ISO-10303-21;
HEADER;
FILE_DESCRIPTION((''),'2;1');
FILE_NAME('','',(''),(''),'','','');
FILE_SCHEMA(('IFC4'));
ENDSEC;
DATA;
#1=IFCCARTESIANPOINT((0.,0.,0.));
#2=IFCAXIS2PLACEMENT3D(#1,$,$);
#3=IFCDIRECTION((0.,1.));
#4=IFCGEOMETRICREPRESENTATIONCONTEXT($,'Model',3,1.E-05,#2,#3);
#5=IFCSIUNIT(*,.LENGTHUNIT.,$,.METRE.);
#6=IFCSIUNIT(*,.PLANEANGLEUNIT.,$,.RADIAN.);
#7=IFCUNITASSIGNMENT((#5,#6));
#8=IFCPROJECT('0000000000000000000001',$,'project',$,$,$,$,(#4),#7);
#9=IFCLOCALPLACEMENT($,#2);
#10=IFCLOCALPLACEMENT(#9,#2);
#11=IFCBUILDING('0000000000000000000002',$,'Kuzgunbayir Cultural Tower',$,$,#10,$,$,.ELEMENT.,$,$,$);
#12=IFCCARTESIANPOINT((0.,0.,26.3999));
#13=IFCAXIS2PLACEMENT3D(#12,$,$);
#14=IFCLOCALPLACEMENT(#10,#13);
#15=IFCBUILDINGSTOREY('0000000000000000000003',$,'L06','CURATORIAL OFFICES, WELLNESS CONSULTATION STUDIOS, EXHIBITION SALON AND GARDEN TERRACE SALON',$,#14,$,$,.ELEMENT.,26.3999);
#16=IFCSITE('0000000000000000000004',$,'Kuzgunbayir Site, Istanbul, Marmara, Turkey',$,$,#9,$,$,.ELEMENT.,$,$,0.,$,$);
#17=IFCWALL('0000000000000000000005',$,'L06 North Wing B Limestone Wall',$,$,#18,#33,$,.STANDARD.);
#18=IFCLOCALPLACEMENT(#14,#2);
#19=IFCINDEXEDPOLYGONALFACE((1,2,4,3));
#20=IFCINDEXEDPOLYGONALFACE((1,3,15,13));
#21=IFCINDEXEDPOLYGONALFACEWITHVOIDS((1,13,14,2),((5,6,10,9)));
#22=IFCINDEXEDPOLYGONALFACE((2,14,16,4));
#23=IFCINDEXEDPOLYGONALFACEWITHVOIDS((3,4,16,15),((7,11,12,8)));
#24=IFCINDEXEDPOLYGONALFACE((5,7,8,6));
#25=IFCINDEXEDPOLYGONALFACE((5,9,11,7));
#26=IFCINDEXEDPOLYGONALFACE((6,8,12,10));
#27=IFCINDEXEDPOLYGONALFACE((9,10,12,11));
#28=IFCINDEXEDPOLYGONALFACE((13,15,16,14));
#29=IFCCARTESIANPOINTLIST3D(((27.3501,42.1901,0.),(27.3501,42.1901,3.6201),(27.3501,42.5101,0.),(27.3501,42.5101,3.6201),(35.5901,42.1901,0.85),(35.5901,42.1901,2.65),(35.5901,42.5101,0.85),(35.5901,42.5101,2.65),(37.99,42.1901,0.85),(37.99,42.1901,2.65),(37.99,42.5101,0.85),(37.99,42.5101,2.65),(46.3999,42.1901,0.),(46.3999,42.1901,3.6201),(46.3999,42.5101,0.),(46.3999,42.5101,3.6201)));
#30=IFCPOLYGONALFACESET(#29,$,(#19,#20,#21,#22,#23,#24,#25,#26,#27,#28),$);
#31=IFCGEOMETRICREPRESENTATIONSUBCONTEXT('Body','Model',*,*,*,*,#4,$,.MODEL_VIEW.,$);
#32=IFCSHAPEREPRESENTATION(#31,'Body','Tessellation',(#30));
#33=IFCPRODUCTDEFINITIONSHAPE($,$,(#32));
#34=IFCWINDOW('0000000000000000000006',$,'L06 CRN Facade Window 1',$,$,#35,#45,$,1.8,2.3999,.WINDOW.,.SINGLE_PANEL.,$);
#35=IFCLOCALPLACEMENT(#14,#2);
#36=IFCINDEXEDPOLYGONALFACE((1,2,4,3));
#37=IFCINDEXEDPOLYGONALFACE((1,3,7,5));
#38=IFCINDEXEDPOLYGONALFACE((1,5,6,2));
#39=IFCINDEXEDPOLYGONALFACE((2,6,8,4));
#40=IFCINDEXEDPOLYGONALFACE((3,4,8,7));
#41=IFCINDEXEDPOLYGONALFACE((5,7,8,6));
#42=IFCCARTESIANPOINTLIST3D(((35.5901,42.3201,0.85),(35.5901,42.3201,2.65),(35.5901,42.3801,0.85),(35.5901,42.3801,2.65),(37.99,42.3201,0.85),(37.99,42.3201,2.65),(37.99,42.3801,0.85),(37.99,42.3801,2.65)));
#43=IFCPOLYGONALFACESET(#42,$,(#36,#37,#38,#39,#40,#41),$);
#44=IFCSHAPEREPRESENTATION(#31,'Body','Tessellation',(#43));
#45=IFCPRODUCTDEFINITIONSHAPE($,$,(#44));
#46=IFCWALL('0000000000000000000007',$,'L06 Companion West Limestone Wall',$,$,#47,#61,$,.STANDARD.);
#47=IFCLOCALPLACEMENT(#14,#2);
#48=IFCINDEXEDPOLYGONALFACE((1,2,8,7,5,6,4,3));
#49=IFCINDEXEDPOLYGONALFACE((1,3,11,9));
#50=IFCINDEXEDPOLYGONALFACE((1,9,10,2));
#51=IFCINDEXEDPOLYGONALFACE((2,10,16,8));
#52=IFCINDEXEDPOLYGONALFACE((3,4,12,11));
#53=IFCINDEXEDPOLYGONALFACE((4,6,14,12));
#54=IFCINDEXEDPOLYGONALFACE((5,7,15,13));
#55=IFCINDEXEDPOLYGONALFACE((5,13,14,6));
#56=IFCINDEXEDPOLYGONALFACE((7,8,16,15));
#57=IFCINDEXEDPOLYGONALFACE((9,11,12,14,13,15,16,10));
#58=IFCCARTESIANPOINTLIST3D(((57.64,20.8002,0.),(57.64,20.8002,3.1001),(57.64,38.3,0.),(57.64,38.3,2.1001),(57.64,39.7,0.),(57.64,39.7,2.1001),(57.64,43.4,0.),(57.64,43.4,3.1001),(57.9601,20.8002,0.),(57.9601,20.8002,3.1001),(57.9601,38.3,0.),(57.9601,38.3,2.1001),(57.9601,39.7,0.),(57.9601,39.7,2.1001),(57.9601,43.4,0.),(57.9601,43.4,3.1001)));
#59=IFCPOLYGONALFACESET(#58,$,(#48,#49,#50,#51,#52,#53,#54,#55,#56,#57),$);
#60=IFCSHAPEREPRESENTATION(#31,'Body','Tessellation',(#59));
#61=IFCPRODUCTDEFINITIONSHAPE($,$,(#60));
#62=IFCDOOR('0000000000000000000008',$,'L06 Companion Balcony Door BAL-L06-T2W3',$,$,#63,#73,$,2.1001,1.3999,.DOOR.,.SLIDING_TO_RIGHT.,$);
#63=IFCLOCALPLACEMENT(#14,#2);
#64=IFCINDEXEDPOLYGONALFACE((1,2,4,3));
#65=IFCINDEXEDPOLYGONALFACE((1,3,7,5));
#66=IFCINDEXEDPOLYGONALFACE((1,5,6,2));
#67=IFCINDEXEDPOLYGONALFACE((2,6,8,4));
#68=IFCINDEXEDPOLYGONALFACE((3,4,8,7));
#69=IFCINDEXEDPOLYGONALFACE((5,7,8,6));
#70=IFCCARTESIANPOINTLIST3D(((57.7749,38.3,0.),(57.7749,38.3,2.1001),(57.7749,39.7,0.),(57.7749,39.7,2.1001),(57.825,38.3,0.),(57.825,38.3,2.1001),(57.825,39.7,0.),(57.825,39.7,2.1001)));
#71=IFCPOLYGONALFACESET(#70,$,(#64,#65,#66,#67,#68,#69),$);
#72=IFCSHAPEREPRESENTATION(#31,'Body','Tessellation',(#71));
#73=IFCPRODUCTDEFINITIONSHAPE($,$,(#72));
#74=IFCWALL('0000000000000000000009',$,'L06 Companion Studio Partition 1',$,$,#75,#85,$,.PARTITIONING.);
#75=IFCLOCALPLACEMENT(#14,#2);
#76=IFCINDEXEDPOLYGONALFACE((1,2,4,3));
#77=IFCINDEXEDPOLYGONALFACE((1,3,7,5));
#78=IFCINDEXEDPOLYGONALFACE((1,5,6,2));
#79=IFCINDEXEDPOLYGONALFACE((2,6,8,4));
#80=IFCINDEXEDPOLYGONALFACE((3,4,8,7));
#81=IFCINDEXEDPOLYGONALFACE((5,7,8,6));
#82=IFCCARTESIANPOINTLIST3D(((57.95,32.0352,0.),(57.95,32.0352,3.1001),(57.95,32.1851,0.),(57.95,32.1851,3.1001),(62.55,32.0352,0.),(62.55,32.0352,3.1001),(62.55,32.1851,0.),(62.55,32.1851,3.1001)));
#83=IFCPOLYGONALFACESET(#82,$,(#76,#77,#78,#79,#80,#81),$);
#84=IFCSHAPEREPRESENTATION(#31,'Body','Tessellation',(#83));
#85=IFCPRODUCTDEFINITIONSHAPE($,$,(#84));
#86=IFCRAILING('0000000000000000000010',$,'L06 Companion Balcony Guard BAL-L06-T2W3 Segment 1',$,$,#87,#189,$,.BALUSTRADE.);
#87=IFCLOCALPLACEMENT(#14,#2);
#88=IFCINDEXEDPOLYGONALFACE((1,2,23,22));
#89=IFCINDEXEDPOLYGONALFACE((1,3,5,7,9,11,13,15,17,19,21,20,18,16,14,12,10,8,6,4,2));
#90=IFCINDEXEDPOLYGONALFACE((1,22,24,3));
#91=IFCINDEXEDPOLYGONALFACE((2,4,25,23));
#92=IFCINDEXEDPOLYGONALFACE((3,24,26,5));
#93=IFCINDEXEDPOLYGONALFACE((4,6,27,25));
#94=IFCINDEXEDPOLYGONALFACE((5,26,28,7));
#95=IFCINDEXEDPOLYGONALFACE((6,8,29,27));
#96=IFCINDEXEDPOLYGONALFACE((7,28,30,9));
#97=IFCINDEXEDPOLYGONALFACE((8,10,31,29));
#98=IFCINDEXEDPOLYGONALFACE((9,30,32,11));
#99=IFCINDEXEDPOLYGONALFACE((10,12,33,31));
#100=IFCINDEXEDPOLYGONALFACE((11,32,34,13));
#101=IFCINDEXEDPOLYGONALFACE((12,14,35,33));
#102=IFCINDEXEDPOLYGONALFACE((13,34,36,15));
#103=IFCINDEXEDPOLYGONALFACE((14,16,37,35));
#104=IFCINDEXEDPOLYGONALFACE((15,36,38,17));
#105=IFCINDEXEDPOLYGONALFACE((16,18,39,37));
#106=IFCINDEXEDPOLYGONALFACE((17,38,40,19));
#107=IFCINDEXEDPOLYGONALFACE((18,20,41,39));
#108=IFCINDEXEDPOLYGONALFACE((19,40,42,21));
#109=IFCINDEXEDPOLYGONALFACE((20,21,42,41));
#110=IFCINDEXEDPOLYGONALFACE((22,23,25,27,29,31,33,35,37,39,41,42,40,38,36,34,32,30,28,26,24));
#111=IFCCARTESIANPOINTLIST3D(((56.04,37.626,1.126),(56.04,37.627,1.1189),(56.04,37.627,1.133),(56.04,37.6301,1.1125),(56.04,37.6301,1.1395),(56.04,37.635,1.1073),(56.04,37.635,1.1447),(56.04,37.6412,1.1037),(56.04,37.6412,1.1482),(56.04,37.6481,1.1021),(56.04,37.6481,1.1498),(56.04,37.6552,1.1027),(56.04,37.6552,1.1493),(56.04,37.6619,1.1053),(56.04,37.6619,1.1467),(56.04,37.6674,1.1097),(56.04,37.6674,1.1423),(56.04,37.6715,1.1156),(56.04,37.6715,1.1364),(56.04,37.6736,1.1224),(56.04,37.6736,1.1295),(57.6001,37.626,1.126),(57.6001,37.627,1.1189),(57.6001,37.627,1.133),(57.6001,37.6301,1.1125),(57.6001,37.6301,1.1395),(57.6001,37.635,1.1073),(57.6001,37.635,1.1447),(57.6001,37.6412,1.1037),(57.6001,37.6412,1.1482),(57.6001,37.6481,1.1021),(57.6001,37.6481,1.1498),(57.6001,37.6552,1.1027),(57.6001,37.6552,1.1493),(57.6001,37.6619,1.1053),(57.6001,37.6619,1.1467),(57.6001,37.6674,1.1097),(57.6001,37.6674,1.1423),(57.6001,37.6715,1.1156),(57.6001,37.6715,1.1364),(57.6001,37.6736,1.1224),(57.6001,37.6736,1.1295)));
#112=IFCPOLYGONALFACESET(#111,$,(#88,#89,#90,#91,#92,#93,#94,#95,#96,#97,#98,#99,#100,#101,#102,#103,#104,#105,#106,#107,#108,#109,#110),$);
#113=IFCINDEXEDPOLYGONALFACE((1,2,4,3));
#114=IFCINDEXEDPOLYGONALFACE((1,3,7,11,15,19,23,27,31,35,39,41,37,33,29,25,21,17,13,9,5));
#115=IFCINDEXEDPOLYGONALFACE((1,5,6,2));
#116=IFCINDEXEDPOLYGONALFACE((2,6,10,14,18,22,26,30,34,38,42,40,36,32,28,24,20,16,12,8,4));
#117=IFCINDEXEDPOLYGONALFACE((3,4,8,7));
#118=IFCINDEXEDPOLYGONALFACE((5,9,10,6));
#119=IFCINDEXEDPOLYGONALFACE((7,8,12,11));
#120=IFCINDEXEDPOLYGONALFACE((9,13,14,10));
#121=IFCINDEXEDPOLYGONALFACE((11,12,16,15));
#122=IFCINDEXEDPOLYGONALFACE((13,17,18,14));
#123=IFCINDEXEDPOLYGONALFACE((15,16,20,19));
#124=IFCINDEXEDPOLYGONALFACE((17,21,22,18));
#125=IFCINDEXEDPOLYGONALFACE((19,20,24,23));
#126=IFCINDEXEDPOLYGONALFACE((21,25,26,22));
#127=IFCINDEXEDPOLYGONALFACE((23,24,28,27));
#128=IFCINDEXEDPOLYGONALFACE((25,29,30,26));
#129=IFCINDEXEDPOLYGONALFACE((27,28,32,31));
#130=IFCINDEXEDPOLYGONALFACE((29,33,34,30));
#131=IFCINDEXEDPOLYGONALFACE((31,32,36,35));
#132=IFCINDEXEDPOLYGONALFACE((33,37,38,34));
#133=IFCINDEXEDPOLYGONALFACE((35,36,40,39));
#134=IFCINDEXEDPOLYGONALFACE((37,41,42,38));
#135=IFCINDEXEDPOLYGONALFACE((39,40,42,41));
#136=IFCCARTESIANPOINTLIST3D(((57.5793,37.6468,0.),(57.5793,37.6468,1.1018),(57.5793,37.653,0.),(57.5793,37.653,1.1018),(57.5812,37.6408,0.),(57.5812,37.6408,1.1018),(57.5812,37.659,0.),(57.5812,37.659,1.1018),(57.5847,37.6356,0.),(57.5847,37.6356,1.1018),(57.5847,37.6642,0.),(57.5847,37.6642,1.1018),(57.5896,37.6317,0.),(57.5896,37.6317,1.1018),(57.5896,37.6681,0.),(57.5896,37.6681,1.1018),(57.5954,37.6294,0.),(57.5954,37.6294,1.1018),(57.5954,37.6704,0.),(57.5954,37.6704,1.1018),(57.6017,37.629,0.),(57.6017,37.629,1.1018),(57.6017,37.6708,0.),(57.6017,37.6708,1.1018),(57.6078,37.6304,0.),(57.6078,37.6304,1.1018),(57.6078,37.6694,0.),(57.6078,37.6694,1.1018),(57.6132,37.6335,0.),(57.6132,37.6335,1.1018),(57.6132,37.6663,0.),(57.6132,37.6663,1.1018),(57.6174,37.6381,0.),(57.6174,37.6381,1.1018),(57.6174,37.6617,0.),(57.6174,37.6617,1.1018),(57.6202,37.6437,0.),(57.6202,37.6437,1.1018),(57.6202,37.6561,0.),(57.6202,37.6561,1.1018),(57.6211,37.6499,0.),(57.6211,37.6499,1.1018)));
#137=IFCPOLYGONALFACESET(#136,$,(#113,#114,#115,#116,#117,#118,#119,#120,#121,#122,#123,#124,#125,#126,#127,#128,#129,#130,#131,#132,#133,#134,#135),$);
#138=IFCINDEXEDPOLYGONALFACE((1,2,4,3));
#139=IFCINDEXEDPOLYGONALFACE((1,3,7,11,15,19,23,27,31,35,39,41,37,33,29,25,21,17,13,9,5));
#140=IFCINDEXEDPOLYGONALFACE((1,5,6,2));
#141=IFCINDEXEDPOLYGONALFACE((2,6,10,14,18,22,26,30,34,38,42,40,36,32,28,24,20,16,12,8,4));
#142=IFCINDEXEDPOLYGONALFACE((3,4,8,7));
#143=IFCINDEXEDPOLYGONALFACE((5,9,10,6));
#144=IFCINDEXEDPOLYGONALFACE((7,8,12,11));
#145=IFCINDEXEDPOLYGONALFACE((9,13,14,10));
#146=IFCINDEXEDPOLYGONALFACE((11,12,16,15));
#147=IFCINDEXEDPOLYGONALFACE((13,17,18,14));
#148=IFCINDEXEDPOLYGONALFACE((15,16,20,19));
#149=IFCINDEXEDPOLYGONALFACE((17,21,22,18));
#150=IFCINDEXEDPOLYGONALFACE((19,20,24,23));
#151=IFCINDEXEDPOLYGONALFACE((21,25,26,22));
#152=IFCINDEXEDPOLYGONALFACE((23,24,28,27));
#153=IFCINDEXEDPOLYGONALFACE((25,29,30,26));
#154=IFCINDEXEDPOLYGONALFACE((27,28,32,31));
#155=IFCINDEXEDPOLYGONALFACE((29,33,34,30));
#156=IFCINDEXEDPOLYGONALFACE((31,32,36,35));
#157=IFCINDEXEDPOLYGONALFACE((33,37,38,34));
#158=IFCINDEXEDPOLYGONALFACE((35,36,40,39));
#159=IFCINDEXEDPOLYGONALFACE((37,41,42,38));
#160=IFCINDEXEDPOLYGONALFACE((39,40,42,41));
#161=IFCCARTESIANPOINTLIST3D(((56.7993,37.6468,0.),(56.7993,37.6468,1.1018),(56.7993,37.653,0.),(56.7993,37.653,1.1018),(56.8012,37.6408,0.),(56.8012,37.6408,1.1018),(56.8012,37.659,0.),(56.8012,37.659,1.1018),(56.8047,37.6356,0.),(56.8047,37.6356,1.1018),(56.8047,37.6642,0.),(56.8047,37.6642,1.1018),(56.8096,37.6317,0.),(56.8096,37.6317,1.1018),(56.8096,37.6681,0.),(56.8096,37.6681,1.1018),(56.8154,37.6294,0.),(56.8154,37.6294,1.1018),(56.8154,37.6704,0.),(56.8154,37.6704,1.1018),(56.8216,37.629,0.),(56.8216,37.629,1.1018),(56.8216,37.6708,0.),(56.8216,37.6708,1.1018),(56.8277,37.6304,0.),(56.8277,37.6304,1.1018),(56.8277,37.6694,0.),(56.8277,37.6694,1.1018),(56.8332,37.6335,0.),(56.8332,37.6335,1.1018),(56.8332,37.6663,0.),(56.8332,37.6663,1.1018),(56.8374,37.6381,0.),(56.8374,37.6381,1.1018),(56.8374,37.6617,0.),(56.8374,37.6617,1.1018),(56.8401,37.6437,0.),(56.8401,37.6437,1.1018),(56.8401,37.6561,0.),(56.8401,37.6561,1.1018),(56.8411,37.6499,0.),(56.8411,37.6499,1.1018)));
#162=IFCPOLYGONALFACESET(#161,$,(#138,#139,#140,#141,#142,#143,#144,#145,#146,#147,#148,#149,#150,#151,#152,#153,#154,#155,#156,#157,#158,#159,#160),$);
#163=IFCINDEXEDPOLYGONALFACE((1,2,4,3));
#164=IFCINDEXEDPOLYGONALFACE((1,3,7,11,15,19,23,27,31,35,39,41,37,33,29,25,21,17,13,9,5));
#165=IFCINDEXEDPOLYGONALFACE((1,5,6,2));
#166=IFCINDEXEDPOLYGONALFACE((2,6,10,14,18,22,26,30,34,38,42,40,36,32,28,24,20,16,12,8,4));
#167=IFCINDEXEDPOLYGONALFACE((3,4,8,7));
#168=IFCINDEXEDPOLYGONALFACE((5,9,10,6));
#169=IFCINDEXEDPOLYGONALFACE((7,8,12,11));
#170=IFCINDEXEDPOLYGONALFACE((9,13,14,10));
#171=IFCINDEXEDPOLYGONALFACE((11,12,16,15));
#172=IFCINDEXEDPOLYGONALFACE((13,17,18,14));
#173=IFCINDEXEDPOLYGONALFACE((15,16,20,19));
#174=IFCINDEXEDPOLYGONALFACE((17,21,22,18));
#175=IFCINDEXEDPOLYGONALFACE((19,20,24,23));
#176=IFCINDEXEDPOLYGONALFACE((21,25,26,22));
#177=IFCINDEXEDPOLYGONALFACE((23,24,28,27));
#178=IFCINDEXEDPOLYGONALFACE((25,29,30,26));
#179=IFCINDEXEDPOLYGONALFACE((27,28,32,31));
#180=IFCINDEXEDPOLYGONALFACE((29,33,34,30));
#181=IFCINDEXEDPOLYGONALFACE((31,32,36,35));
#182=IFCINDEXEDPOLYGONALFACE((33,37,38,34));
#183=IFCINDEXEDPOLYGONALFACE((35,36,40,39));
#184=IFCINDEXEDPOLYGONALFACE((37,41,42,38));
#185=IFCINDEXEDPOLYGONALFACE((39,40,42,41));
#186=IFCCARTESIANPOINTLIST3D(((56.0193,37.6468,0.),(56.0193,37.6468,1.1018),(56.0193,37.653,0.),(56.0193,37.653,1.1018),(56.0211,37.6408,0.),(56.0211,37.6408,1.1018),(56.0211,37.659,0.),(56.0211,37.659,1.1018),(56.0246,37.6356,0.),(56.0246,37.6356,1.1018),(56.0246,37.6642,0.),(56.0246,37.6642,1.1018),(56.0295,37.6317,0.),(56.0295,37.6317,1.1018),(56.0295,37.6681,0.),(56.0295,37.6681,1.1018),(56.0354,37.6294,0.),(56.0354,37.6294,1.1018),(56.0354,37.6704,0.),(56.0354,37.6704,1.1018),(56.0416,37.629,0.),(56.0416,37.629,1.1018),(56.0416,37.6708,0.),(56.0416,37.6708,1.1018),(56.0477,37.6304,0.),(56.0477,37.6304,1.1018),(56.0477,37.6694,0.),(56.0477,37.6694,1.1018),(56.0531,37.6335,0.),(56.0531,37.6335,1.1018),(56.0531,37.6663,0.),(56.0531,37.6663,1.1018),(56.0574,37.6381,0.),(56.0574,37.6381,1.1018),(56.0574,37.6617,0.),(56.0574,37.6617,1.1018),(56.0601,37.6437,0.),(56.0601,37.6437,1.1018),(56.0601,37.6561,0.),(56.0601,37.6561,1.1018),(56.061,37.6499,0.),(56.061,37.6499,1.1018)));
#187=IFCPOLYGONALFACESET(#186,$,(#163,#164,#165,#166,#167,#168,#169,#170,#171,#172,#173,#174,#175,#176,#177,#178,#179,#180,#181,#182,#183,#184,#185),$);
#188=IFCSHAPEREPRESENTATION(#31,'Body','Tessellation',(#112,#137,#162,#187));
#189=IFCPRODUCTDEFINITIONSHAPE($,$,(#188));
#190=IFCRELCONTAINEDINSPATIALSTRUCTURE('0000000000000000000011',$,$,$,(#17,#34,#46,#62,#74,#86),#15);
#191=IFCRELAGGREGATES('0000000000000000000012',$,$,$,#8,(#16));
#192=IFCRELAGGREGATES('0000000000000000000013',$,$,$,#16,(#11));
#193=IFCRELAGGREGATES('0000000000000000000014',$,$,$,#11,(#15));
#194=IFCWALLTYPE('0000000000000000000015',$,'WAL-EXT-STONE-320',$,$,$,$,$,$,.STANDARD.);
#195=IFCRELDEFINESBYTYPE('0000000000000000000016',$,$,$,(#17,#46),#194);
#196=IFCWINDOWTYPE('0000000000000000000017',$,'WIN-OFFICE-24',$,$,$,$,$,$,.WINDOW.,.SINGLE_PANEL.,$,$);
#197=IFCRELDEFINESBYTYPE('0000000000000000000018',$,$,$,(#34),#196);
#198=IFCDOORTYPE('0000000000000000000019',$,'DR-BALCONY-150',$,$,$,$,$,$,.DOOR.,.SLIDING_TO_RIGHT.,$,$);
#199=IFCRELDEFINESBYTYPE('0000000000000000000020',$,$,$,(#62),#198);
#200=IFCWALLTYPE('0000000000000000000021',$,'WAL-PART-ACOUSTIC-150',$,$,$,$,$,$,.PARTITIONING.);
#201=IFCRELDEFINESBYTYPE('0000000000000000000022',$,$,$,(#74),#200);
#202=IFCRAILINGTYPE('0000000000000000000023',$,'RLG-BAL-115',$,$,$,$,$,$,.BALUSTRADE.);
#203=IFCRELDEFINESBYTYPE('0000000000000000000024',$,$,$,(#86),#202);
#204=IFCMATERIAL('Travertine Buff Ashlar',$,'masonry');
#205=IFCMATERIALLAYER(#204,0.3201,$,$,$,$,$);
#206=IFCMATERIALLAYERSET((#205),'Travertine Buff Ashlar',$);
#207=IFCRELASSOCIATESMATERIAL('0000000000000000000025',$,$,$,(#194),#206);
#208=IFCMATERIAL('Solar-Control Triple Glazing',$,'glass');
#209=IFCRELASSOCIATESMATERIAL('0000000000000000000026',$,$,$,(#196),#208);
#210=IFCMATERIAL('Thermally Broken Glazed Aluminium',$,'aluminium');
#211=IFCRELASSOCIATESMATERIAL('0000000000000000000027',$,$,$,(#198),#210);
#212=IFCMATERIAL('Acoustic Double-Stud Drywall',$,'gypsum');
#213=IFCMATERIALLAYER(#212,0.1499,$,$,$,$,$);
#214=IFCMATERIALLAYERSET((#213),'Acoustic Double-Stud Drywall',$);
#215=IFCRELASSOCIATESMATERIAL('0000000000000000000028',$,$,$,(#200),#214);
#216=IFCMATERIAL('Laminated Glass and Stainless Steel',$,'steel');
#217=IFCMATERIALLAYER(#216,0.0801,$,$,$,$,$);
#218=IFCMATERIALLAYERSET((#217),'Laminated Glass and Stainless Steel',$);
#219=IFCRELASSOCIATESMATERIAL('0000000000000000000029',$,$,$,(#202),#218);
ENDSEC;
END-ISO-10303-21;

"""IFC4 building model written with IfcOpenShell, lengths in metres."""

from ifc_helpers import new_model, si_unit, direction, frame, frame_2d, origin, origin_2d, place, context, subcontext, project, spatial, rectangle, circle, extrude, material, layer, layer_set, type_object, element, fill, save


model = new_model("IFC4")

# Units and contexts
model_context = context("Model", 3, precision=1e-05, world=origin(), true_north=direction((0.0, 1.0)))
body_context = subcontext(model_context, "Body", "Model", "MODEL_VIEW")
ifc_project = project(units=[si_unit("LENGTHUNIT", "METRE"), si_unit("PLANEANGLEUNIT", "RADIAN")], contexts=[model_context])

# Site, building, storey
site_placement = place(None, origin())
site = spatial("IfcSite", under=ifc_project, at=site_placement, Name="Kuzgunbayir Site, Istanbul, Marmara, Turkey", CompositionType="ELEMENT", RefElevation=0.0)
building_placement = place(site_placement, origin())
building = spatial("IfcBuilding", under=site, at=building_placement, Name="Kuzgunbayir Cultural Tower", CompositionType="ELEMENT")
storey_placement = place(building_placement, frame((0.0, 0.0, 26.3999)))
storey = spatial("IfcBuildingStorey", under=building, at=storey_placement, Name="L06", Description="CURATORIAL OFFICES, WELLNESS CONSULTATION STUDIOS, EXHIBITION SALON AND GARDEN TERRACE SALON", CompositionType="ELEMENT", Elevation=26.3999)

# Wall, opening, window
ifc_material_1 = material(Name="Travertine Buff Ashlar", Category="masonry")
ifc_layer_1 = layer(ifc_material_1, 0.3201)
ifc_layer_set_1 = layer_set([ifc_layer_1], Name="Travertine Buff Ashlar")
wall_type_1 = type_object("IfcWallType", Name="WAL-EXT-STONE-320", PredefinedType="STANDARD", material=ifc_layer_set_1)
wall_1_placement = place(storey_placement, frame((46.3999, 42.3501, 0.0), z_axis=(0.0, 0.0, 1.0), x_axis=(-1.0, 0.0, 0.0)))
wall_1 = element("IfcWall", 1, at=wall_1_placement, inside=storey, type_object=wall_type_1, Name="L06 North Wing B Limestone Wall", PredefinedType="STANDARD", context=body_context, shape_type="SweptSolid", body=[
    extrude(rectangle(XDim=19.0498, YDim=0.3201, at=frame_2d((9.5249, 0.0))), origin(), (0.0, 0.0, 1.0), 3.6201),
])
opening_1_placement = place(wall_1_placement, frame((8.4099, 0.0, 0.8501)))
opening_1 = element("IfcOpeningElement", 2, at=opening_1_placement, cuts=wall_1, PredefinedType="OPENING", context=body_context, shape_type="SweptSolid", body=[
    extrude(rectangle(XDim=2.3999, YDim=1.8, at=frame_2d((1.2, 0.8999))), frame((0.0, 0.1699, 0.0), z_axis=(0.0, -1.0, 0.0), x_axis=(1.0, 0.0, 0.0)), (0.0, 0.0, 1.0), 0.3401),
])
ifc_material_2 = material(Name="Solar-Control Triple Glazing", Category="glass")
window_type = type_object("IfcWindowType", Name="WIN-OFFICE-24", PartitioningType="SINGLE_PANEL", PredefinedType="WINDOW", material=ifc_material_2)
window_placement = place(opening_1_placement, origin())
window = element("IfcWindow", 3, at=window_placement, inside=storey, type_object=window_type, Name="L06 CRN Facade Window 1", OverallHeight=1.8, OverallWidth=2.3999, PartitioningType="SINGLE_PANEL", PredefinedType="WINDOW", context=body_context, shape_type="SweptSolid", body=[
    extrude(rectangle(XDim=2.3999, YDim=1.8, at=frame_2d((1.2, 0.8999))), frame((0.0, 0.03, 0.0), z_axis=(0.0, -1.0, 0.0), x_axis=(1.0, 0.0, 0.0)), (0.0, 0.0, 1.0), 0.0601),
])
fill(opening_1, window)

# Wall, opening, door
wall_2_placement = place(storey_placement, frame((57.8, 43.3999, 0.0), z_axis=(0.0, 0.0, 1.0), x_axis=(0.0, -1.0, 0.0)))
wall_2 = element("IfcWall", 4, at=wall_2_placement, inside=storey, type_object=wall_type_1, Name="L06 Companion West Limestone Wall", PredefinedType="STANDARD", context=body_context, shape_type="SweptSolid", body=[
    extrude(rectangle(XDim=22.5999, YDim=0.3201, at=frame_2d((11.2998, 0.0))), origin(), (0.0, 0.0, 1.0), 3.1001),
])
opening_2_placement = place(wall_2_placement, frame((3.7, 0.0, 0.0)))
opening_2 = element("IfcOpeningElement", 5, at=opening_2_placement, cuts=wall_2, PredefinedType="OPENING", context=body_context, shape_type="SweptSolid", body=[
    extrude(rectangle(XDim=1.3999, YDim=2.1001, at=frame_2d((0.7, 1.05))), frame((0.0, 0.1699, 0.0), z_axis=(0.0, -1.0, 0.0), x_axis=(1.0, 0.0, 0.0)), (0.0, 0.0, 1.0), 0.3401),
])
ifc_material_3 = material(Name="Thermally Broken Glazed Aluminium", Category="aluminium")
door_type = type_object("IfcDoorType", Name="DR-BALCONY-150", OperationType="SLIDING_TO_RIGHT", PredefinedType="DOOR", material=ifc_material_3)
door_placement = place(opening_2_placement, origin())
door = element("IfcDoor", 6, at=door_placement, inside=storey, type_object=door_type, Name="L06 Companion Balcony Door BAL-L06-T2W3", OperationType="SLIDING_TO_RIGHT", OverallHeight=2.1001, OverallWidth=1.3999, PredefinedType="DOOR", context=body_context, shape_type="SweptSolid", body=[
    extrude(rectangle(XDim=1.3999, YDim=2.1001, at=frame_2d((0.7, 1.05))), frame((0.0, 0.0249, 0.0), z_axis=(0.0, -1.0, 0.0), x_axis=(1.0, 0.0, 0.0)), (0.0, 0.0, 1.0), 0.05),
])
fill(opening_2, door)

# Wall
ifc_material_4 = material(Name="Acoustic Double-Stud Drywall", Category="gypsum")
ifc_layer_2 = layer(ifc_material_4, 0.1499)
ifc_layer_set_2 = layer_set([ifc_layer_2], Name="Acoustic Double-Stud Drywall")
wall_type_2 = type_object("IfcWallType", Name="WAL-PART-ACOUSTIC-150", PredefinedType="PARTITIONING", material=ifc_layer_set_2)
wall_3_placement = place(storey_placement, frame((57.95, 32.1101, 0.0), z_axis=(0.0, 0.0, 1.0), x_axis=(1.0, 0.0, 0.0)))
element("IfcWall", 7, at=wall_3_placement, inside=storey, type_object=wall_type_2, Name="L06 Companion Studio Partition 1", PredefinedType="PARTITIONING", context=body_context, shape_type="SweptSolid", body=[
    extrude(rectangle(XDim=4.6001, YDim=0.1499, at=frame_2d((2.3, 0.0))), origin(), (0.0, 0.0, 1.0), 3.1001),
])

# Railing
ifc_material_5 = material(Name="Laminated Glass and Stainless Steel", Category="steel")
ifc_layer_3 = layer(ifc_material_5, 0.0801)
ifc_layer_set_3 = layer_set([ifc_layer_3], Name="Laminated Glass and Stainless Steel")
railing_type = type_object("IfcRailingType", Name="RLG-BAL-115", PredefinedType="BALUSTRADE", material=ifc_layer_set_3)
railing_1_placement = place(storey_placement, frame((57.6001, 37.6499, 0.0)))
element("IfcRailing", 8, at=railing_1_placement, inside=storey, type_object=railing_type, Name="L06 Companion Balcony Guard BAL-L06-T2W3 Segment 1", PredefinedType="BALUSTRADE", context=body_context, shape_type="SweptSolid", body=[
    extrude(circle(Radius=0.0239, at=origin_2d()), frame((0.0, 0.0, 1.126), z_axis=(-1.0, 0.0, 0.0), x_axis=(0.0, -1.0, 0.0)), (0.0, 0.0, 1.0), 1.5601),
    extrude(circle(Radius=0.021, at=origin_2d()), origin(), (0.0, 0.0, 1.0), 1.1018),
    extrude(circle(Radius=0.021, at=origin_2d()), frame((-0.78, 0.0, 0.0)), (0.0, 0.0, 1.0), 1.1018),
    extrude(circle(Radius=0.021, at=origin_2d()), frame((-1.5601, 0.0, 0.0)), (0.0, 0.0, 1.0), 1.1018),
])

save(model, "model.ifc")
